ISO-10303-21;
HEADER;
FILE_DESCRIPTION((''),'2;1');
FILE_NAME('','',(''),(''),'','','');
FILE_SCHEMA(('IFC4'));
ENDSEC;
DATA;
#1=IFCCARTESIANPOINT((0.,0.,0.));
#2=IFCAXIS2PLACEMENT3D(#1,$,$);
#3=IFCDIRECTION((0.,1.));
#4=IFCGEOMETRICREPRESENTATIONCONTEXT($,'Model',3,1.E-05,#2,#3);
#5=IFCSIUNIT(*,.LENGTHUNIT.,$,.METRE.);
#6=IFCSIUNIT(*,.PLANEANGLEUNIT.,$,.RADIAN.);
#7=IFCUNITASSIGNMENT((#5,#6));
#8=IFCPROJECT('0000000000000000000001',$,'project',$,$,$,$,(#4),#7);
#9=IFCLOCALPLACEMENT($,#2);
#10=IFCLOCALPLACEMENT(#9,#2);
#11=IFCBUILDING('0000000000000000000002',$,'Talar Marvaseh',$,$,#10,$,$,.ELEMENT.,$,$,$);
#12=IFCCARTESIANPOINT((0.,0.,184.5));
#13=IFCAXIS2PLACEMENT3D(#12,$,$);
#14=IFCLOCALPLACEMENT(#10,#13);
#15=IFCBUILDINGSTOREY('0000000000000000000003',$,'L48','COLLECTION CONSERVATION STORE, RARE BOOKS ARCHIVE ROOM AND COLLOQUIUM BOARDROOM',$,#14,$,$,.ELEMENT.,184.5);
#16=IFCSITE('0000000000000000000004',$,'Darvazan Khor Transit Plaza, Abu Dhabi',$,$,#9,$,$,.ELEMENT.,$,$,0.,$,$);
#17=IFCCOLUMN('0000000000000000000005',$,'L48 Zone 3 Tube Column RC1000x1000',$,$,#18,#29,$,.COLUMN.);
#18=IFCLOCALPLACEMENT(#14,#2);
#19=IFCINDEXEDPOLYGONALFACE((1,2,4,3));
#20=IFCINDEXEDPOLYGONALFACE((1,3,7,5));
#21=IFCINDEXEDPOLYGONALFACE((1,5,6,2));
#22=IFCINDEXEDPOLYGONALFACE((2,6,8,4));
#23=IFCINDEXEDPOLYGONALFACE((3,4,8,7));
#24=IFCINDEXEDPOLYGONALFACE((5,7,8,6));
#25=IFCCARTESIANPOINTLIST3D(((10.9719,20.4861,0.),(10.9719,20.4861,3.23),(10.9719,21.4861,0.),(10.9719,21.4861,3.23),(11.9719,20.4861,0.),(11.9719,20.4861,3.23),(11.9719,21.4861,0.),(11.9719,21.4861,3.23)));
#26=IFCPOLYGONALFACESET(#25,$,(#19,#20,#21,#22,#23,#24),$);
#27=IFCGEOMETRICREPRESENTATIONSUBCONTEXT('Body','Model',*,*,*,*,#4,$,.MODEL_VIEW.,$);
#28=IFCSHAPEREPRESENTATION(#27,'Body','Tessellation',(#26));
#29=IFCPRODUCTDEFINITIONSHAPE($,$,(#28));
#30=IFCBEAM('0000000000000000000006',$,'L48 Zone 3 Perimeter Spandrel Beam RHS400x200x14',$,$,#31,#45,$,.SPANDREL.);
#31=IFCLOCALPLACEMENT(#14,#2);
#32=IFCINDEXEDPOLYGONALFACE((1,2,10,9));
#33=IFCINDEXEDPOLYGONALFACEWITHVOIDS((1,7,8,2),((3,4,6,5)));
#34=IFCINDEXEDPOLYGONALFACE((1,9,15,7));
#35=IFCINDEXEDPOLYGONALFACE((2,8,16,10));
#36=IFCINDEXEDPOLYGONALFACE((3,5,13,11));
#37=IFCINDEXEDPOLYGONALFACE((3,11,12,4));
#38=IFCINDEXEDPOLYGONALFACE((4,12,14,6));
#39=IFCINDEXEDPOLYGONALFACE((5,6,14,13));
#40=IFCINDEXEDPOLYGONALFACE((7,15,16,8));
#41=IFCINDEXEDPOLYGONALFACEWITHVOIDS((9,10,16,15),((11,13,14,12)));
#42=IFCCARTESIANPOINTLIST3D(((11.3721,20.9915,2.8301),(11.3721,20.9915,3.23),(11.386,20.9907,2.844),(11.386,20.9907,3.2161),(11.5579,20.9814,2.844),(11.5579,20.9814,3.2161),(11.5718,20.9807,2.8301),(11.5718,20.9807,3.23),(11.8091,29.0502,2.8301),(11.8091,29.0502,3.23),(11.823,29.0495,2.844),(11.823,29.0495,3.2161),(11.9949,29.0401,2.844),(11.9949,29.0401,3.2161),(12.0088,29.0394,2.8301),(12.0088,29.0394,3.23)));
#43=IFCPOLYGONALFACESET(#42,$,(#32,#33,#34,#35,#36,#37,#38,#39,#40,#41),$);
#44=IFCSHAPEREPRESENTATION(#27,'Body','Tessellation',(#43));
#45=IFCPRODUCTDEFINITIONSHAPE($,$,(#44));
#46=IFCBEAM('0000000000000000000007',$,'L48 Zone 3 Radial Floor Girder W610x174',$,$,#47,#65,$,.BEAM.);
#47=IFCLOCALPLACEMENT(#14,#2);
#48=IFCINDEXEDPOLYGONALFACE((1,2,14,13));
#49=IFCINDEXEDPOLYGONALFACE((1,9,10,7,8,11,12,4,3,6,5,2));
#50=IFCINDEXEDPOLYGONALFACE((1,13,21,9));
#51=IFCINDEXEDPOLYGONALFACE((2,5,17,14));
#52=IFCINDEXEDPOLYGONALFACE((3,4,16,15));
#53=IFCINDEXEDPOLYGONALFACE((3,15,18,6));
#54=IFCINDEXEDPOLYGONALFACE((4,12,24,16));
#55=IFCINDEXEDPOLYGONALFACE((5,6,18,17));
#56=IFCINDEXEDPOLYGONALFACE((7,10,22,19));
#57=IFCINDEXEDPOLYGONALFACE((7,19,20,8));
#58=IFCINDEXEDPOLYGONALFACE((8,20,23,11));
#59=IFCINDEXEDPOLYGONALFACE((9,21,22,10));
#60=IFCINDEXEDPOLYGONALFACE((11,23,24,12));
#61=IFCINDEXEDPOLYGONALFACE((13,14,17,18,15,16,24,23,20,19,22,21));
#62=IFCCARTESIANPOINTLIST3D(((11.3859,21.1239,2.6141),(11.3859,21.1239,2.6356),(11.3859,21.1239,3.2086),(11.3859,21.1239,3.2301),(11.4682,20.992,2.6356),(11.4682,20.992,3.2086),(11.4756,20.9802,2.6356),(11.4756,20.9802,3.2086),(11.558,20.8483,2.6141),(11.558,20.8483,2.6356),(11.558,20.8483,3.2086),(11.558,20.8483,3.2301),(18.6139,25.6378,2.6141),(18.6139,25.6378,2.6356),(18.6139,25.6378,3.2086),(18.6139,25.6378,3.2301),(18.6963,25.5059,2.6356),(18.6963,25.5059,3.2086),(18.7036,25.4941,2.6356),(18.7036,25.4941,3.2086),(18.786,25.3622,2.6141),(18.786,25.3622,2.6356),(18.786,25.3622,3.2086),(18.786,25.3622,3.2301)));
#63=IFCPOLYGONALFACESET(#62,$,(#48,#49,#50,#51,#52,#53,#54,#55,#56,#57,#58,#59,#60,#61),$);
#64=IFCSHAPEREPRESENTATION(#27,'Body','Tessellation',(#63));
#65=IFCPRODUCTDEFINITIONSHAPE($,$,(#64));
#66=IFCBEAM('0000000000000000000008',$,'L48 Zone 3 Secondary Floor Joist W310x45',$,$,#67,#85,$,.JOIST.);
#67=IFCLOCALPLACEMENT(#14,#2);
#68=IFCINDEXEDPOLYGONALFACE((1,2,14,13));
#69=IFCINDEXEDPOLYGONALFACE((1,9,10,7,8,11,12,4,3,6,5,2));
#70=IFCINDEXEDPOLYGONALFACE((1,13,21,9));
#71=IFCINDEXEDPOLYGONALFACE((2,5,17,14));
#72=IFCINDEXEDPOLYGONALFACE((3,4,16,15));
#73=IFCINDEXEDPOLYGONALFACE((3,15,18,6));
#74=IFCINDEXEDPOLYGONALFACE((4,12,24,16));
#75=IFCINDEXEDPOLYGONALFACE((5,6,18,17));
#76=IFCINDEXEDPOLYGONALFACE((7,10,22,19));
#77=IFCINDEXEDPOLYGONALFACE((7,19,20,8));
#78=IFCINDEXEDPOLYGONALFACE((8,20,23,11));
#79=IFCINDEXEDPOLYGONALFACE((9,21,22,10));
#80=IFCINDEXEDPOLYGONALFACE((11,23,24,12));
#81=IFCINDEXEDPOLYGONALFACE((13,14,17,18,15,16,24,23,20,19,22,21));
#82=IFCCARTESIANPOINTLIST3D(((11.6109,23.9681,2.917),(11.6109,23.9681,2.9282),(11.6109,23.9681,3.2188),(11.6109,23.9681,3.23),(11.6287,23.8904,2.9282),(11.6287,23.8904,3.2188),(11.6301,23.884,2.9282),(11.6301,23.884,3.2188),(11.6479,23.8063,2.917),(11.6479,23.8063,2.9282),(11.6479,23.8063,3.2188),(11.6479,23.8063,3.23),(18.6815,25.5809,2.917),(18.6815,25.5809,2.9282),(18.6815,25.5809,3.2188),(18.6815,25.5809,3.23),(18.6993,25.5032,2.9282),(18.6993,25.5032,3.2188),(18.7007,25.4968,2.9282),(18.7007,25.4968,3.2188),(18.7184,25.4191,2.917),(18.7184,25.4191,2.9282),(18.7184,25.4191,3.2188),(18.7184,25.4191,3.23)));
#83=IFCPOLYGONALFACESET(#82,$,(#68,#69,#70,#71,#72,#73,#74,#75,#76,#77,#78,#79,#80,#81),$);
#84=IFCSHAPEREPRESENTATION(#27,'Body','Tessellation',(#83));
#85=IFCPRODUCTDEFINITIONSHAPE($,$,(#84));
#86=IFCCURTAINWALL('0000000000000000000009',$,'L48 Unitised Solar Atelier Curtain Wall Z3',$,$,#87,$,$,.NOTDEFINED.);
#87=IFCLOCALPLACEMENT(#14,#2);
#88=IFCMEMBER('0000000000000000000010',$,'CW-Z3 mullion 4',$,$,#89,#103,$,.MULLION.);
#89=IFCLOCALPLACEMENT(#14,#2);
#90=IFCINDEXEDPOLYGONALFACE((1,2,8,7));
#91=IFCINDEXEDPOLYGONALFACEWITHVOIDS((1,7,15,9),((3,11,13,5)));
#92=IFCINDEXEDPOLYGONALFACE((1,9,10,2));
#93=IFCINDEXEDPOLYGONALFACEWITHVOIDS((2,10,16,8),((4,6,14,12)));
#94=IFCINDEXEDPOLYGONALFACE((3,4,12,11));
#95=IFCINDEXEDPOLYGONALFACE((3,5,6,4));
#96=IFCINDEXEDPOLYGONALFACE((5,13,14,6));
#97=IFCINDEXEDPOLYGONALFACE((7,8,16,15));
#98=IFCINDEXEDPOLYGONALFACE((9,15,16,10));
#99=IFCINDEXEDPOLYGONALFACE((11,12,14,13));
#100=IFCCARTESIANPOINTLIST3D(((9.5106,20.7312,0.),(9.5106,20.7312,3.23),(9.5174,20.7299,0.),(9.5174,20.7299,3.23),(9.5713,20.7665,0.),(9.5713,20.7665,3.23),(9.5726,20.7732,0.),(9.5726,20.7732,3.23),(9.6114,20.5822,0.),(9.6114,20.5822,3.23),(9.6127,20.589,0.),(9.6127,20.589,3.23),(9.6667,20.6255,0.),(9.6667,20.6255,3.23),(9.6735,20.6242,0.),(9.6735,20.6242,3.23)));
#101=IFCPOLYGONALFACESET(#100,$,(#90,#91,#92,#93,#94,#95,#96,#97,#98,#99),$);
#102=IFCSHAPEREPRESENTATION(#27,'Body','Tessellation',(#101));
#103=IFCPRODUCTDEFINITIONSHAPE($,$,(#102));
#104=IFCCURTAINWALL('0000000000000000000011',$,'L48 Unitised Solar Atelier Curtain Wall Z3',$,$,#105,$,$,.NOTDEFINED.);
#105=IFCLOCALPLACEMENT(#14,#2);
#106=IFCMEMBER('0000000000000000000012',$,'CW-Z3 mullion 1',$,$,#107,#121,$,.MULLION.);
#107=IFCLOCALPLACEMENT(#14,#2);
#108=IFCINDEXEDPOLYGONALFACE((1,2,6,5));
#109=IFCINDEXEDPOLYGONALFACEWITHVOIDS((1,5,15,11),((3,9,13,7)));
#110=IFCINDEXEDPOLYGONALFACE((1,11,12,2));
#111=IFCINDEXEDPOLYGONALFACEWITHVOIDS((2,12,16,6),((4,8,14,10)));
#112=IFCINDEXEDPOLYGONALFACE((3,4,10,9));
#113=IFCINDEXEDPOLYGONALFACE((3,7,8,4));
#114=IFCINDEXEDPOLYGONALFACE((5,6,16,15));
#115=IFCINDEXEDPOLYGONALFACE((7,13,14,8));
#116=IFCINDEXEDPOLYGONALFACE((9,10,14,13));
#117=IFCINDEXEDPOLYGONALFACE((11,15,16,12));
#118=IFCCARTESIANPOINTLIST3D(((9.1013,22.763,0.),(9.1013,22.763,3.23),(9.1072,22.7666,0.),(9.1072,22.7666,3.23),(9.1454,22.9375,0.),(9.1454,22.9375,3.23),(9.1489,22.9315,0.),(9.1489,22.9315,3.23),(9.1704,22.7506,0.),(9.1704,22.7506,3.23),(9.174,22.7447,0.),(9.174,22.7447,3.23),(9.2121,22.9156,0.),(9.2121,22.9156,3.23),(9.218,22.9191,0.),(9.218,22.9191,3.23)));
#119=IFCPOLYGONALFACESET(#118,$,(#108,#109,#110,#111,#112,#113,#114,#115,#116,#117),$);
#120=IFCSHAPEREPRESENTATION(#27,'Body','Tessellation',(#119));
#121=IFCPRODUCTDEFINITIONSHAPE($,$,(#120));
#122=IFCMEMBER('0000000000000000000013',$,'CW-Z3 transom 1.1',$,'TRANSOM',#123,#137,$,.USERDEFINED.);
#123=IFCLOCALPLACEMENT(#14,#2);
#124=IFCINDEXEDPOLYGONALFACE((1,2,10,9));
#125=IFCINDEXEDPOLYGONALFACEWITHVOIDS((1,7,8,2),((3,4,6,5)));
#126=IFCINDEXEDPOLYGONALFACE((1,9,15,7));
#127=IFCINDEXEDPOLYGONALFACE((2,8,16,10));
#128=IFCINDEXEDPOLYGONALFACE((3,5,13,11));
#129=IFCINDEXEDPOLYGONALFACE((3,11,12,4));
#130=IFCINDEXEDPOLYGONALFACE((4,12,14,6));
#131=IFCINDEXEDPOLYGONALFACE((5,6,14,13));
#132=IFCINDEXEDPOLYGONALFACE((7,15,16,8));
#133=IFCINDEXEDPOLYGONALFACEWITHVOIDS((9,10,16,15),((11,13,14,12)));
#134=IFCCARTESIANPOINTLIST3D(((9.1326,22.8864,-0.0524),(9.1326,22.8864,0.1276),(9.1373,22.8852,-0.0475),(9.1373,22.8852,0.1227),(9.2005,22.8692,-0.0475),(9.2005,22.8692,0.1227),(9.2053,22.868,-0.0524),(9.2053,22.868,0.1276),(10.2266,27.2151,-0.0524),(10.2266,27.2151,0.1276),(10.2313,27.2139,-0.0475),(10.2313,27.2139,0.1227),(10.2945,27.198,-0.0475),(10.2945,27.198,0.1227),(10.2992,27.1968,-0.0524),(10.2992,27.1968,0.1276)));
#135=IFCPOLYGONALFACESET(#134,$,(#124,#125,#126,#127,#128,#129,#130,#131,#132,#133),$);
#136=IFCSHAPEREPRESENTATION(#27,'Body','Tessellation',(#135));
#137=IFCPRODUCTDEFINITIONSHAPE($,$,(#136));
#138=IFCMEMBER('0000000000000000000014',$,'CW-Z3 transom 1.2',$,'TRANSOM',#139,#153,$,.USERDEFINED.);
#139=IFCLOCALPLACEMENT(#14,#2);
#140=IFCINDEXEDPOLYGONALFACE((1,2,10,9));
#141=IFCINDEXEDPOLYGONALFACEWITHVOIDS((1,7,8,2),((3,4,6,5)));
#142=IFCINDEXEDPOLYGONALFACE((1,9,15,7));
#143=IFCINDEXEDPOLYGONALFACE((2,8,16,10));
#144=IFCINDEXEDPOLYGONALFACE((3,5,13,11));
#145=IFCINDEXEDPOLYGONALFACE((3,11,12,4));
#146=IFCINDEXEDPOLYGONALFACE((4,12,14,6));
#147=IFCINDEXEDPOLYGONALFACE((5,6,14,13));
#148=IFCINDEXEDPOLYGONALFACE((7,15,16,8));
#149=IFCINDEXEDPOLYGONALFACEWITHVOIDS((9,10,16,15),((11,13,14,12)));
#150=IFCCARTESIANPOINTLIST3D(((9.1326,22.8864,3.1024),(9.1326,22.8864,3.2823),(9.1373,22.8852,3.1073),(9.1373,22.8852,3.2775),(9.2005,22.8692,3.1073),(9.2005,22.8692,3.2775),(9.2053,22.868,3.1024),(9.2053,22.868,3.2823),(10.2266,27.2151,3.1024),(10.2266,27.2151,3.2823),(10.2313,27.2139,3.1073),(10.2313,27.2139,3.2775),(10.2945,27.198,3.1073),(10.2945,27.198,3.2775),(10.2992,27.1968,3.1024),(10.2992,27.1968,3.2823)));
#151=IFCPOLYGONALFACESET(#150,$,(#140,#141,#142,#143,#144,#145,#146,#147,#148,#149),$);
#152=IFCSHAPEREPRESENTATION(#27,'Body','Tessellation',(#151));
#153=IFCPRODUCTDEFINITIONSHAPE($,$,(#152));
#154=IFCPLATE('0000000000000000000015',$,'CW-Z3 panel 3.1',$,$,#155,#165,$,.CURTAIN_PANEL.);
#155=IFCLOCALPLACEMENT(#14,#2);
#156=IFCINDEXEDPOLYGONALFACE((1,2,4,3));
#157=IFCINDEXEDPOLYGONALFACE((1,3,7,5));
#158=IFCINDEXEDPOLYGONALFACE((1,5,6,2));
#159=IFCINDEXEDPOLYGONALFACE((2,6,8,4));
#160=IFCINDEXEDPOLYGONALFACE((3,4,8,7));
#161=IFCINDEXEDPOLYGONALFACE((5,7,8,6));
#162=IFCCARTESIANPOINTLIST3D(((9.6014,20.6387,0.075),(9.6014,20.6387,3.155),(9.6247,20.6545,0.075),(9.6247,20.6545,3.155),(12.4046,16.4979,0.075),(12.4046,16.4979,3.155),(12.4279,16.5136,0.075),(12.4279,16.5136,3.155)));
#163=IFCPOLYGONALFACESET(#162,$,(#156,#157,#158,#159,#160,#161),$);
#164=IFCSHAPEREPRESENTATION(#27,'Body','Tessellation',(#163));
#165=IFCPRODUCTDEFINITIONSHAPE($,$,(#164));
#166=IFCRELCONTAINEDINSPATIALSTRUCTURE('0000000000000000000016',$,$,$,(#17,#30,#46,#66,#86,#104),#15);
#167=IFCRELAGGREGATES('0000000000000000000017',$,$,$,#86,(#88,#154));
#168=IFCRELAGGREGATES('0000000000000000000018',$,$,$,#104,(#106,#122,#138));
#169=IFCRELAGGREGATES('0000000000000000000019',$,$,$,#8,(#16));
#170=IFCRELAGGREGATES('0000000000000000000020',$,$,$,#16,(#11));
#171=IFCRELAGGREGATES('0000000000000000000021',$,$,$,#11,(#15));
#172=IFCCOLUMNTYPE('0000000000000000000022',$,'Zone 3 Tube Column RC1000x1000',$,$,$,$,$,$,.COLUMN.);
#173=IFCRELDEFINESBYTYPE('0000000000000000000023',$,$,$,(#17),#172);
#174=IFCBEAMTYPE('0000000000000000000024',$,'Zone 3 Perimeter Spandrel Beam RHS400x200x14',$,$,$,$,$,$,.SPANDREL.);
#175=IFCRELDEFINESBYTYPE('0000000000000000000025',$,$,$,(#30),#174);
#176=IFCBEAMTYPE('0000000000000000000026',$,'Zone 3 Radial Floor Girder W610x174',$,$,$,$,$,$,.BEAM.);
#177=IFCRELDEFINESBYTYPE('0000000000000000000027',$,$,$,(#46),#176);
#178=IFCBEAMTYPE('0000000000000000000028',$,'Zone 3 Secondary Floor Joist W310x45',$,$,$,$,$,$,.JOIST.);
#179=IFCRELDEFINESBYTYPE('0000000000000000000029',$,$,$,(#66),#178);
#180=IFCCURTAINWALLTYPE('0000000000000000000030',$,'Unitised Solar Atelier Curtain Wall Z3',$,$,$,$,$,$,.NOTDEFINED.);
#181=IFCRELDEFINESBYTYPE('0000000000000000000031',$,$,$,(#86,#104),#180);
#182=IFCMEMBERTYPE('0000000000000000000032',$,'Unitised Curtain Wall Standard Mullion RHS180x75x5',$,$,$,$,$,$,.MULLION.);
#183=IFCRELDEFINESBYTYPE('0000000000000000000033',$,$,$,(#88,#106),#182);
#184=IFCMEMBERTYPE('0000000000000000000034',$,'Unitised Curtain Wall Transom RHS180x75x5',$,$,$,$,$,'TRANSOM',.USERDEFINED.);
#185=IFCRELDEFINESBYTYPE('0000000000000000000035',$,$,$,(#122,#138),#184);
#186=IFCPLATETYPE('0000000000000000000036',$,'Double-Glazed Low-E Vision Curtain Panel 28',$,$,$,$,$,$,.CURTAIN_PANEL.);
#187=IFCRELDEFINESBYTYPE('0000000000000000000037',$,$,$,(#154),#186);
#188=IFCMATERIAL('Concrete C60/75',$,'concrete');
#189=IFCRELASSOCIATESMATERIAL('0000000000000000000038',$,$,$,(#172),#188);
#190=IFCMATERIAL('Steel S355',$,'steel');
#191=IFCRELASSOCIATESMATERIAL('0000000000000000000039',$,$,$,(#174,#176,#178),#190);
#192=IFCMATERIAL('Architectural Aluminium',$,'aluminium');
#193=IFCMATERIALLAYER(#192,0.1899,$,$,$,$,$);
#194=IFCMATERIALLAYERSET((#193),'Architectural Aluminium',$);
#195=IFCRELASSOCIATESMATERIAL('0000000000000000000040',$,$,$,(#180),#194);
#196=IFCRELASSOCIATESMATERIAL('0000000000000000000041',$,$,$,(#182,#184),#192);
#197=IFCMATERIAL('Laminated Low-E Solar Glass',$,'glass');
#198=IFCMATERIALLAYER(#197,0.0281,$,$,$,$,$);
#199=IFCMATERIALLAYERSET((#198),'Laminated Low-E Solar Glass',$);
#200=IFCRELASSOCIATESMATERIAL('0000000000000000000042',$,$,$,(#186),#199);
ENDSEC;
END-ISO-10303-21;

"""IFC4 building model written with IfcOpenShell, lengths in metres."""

from ifc_helpers import new_model, si_unit, direction, frame, origin, origin_2d, place, context, subcontext, project, spatial, rectangle, hollow_rectangle, i_section, extrude, source, transform, mapped, material, layer, layer_set, material_profile, profile_set, type_object, type_shapes, element, aggregate, save


model = new_model("IFC4")

# Units and contexts
model_context = context("Model", 3, precision=1e-05, world=origin(), true_north=direction((0.0, 1.0)))
body_context = subcontext(model_context, "Body", "Model", "MODEL_VIEW")
ifc_project = project(units=[si_unit("LENGTHUNIT", "METRE"), si_unit("PLANEANGLEUNIT", "RADIAN")], contexts=[model_context])

# Site, building, storey
site_placement = place(None, origin())
site = spatial("IfcSite", under=ifc_project, at=site_placement, Name="Darvazan Khor Transit Plaza, Abu Dhabi", CompositionType="ELEMENT", RefElevation=0.0)
building_placement = place(site_placement, origin())
building = spatial("IfcBuilding", under=site, at=building_placement, Name="Talar Marvaseh", CompositionType="ELEMENT")
storey_placement = place(building_placement, frame((0.0, 0.0, 184.5)))
storey = spatial("IfcBuildingStorey", under=building, at=storey_placement, Name="L48", Description="COLLECTION CONSERVATION STORE, RARE BOOKS ARCHIVE ROOM AND COLLOQUIUM BOARDROOM", CompositionType="ELEMENT", Elevation=184.5)

# Column
ifc_material_1 = material(Name="Concrete C60/75", Category="concrete")
ifc_material_profile_1 = material_profile(ifc_material_1, rectangle(XDim=1.0, YDim=1.0, at=origin_2d()), Name="RC1000x1000")
ifc_profile_set_1 = profile_set([ifc_material_profile_1], Name="Concrete C60/75")
column_type = type_object("IfcColumnType", Name="Zone 3 Tube Column RC1000x1000", PredefinedType="COLUMN", material=ifc_profile_set_1)
column_placement = place(storey_placement, frame((11.4719, 20.9861, 0.0), z_axis=(0.0, 0.0, 1.0), x_axis=(1.0, 0.0, 0.0)))
element("IfcColumn", 1, at=column_placement, inside=storey, type_object=column_type, Name="L48 Zone 3 Tube Column RC1000x1000", PredefinedType="COLUMN", context=body_context, shape_type="SweptSolid", body=[
    extrude(rectangle(XDim=1.0, YDim=1.0, at=origin_2d()), origin(), (0.0, 0.0, 1.0), 3.23),
])

# Beams
ifc_material_2 = material(Name="Steel S355", Category="steel")
ifc_material_profile_2 = material_profile(ifc_material_2, hollow_rectangle(XDim=0.2, YDim=0.3999, WallThickness=0.0139, at=origin_2d()), Name="RHS400x200x14")
ifc_profile_set_2 = profile_set([ifc_material_profile_2], Name="Steel S355")
beam_type_1 = type_object("IfcBeamType", Name="Zone 3 Perimeter Spandrel Beam RHS400x200x14", PredefinedType="SPANDREL", material=ifc_profile_set_2)
beam_1_placement = place(storey_placement, frame((11.4719, 20.9861, 3.03), z_axis=(0.054148, 0.998533, 0.0), x_axis=(-0.998533, 0.054148, 0.0)))
element("IfcBeam", 2, at=beam_1_placement, inside=storey, type_object=beam_type_1, Name="L48 Zone 3 Perimeter Spandrel Beam RHS400x200x14", PredefinedType="SPANDREL", context=body_context, shape_type="SweptSolid", body=[
    extrude(hollow_rectangle(XDim=0.2, YDim=0.3999, WallThickness=0.0139, at=origin_2d()), origin(), (0.0, 0.0, 1.0), 8.0706),
])
ifc_material_profile_3 = material_profile(ifc_material_2, i_section(OverallWidth=0.325, OverallDepth=0.616, WebThickness=0.0139, FlangeThickness=0.0215, at=origin_2d()), Name="W610x174")
ifc_profile_set_3 = profile_set([ifc_material_profile_3], Name="Steel S355")
beam_type_2 = type_object("IfcBeamType", Name="Zone 3 Radial Floor Girder W610x174", PredefinedType="BEAM", material=ifc_profile_set_3)
beam_2_placement = place(storey_placement, frame((11.4719, 20.9861, 2.9221), z_axis=(0.848188, 0.529695, 0.0), x_axis=(-0.529695, 0.848188, 0.0)))
element("IfcBeam", 3, at=beam_2_placement, inside=storey, type_object=beam_type_2, Name="L48 Zone 3 Radial Floor Girder W610x174", PredefinedType="BEAM", context=body_context, shape_type="SweptSolid", body=[
    extrude(i_section(OverallWidth=0.325, OverallDepth=0.616, WebThickness=0.0139, FlangeThickness=0.0215, at=origin_2d()), origin(), (0.0, 0.0, 1.0), 8.5217),
])
ifc_material_profile_4 = material_profile(ifc_material_2, i_section(OverallWidth=0.166, OverallDepth=0.313, WebThickness=0.0066, FlangeThickness=0.0112, at=origin_2d()), Name="W310x45")
ifc_profile_set_4 = profile_set([ifc_material_profile_4], Name="Steel S355")
beam_type_3 = type_object("IfcBeamType", Name="Zone 3 Secondary Floor Joist W310x45", PredefinedType="JOIST", material=ifc_profile_set_4)
beam_3_placement = place(storey_placement, frame((11.6294, 23.8872, 3.0735), z_axis=(0.974958, 0.222388, 0.0), x_axis=(-0.222388, 0.974958, 0.0)))
element("IfcBeam", 4, at=beam_3_placement, inside=storey, type_object=beam_type_3, Name="L48 Zone 3 Secondary Floor Joist W310x45", PredefinedType="JOIST", context=body_context, shape_type="SweptSolid", body=[
    extrude(i_section(OverallWidth=0.166, OverallDepth=0.313, WebThickness=0.0066, FlangeThickness=0.0112, at=origin_2d()), origin(), (0.0, 0.0, 1.0), 7.2522),
])

# Curtain wall, member
ifc_material_3 = material(Name="Architectural Aluminium", Category="aluminium")
ifc_layer_1 = layer(ifc_material_3, 0.1899)
ifc_layer_set_1 = layer_set([ifc_layer_1], Name="Architectural Aluminium")
curtain_wall_type = type_object("IfcCurtainWallType", Name="Unitised Solar Atelier Curtain Wall Z3", PredefinedType="NOTDEFINED", material=ifc_layer_set_1)
curtain_wall_1_placement = place(storey_placement, origin())
curtain_wall_1 = element("IfcCurtainWall", 5, at=curtain_wall_1_placement, inside=storey, type_object=curtain_wall_type, Name="L48 Unitised Solar Atelier Curtain Wall Z3", PredefinedType="NOTDEFINED")
ifc_material_profile_5 = material_profile(ifc_material_3, hollow_rectangle(XDim=0.075, YDim=0.1799, WallThickness=0.0049, at=origin_2d()), Name="RHS180x75x5")
ifc_profile_set_5 = profile_set([ifc_material_profile_5], Name="Architectural Aluminium")
member_type_1 = type_object("IfcMemberType", Name="Unitised Curtain Wall Standard Mullion RHS180x75x5", PredefinedType="MULLION", material=ifc_profile_set_5)
shared_shape_1 = source(origin(), body_context, "Body", "SweptSolid", [
    extrude(hollow_rectangle(XDim=0.075, YDim=0.1799, WallThickness=0.0049, at=origin_2d()), origin(), (0.0, 0.0, 1.0), 3.23),
])
type_shapes(member_type_1, [shared_shape_1])
member_1_placement = place(storey_placement, frame((9.592, 20.6777, 0.0), z_axis=(0.0, 0.0, 1.0), x_axis=(-0.828095, -0.560588, 0.0)))
member_1 = element("IfcMember", 6, at=member_1_placement, type_object=member_type_1, Name="CW-Z3 mullion 4", PredefinedType="MULLION", context=body_context, shape_type="MappedRepresentation", body=[
    mapped(shared_shape_1, transform((0.0, 0.0, 0.0), x_axis=(1.0, 0.0, 0.0), y_axis=(0.0, 1.0, 0.0), z_axis=(0.0, 0.0, 1.0), scale=1.0)),
])

# Curtain wall, members
curtain_wall_2_placement = place(storey_placement, origin())
curtain_wall_2 = element("IfcCurtainWall", 7, at=curtain_wall_2_placement, inside=storey, type_object=curtain_wall_type, Name="L48 Unitised Solar Atelier Curtain Wall Z3", PredefinedType="NOTDEFINED")
member_2_placement = place(storey_placement, frame((9.1597, 22.8411, 0.0), z_axis=(0.0, 0.0, 1.0), x_axis=(-0.969522, 0.245002, 0.0)))
member_2 = element("IfcMember", 8, at=member_2_placement, type_object=member_type_1, Name="CW-Z3 mullion 1", PredefinedType="MULLION", context=body_context, shape_type="MappedRepresentation", body=[
    mapped(shared_shape_1, transform((0.0, 0.0, 0.0), x_axis=(1.0, 0.0, 0.0), y_axis=(0.0, 1.0, 0.0), z_axis=(0.0, 0.0, 1.0), scale=1.0)),
])
ifc_material_profile_6 = material_profile(ifc_material_3, hollow_rectangle(XDim=0.075, YDim=0.1799, WallThickness=0.0049, at=origin_2d()), Name="RHS180x75x5")
ifc_profile_set_6 = profile_set([ifc_material_profile_6], Name="Architectural Aluminium")
member_type_2 = type_object("IfcMemberType", Name="Unitised Curtain Wall Transom RHS180x75x5", ElementType="TRANSOM", PredefinedType="USERDEFINED", material=ifc_profile_set_6)
shared_shape_2 = source(origin(), body_context, "Body", "SweptSolid", [
    extrude(hollow_rectangle(XDim=0.075, YDim=0.1799, WallThickness=0.0049, at=origin_2d()), origin(), (0.0, 0.0, 1.0), 4.4648),
])
type_shapes(member_type_2, [shared_shape_2])
member_3_placement = place(storey_placement, frame((9.1689, 22.8772, 0.0376), z_axis=(0.245018, 0.969519, 0.0), x_axis=(-0.969519, 0.245018, 0.0)))
member_3 = element("IfcMember", 9, at=member_3_placement, type_object=member_type_2, Name="CW-Z3 transom 1.1", ObjectType="TRANSOM", PredefinedType="USERDEFINED", context=body_context, shape_type="MappedRepresentation", body=[
    mapped(shared_shape_2, transform((0.0, 0.0, 0.0), x_axis=(1.0, 0.0, 0.0), y_axis=(0.0, 1.0, 0.0), z_axis=(0.0, 0.0, 1.0), scale=1.0)),
])
member_4_placement = place(storey_placement, frame((9.1689, 22.8772, 3.1924), z_axis=(0.245018, 0.969519, 0.0), x_axis=(-0.969519, 0.245018, 0.0)))
member_4 = element("IfcMember", 10, at=member_4_placement, type_object=member_type_2, Name="CW-Z3 transom 1.2", ObjectType="TRANSOM", PredefinedType="USERDEFINED", context=body_context, shape_type="MappedRepresentation", body=[
    mapped(shared_shape_2, transform((0.0, 0.0, 0.0), x_axis=(1.0, 0.0, 0.0), y_axis=(0.0, 1.0, 0.0), z_axis=(0.0, 0.0, 1.0), scale=1.0)),
])

# Plate
ifc_material_4 = material(Name="Laminated Low-E Solar Glass", Category="glass")
ifc_layer_2 = layer(ifc_material_4, 0.0281)
ifc_layer_set_2 = layer_set([ifc_layer_2], Name="Laminated Low-E Solar Glass")
plate_type = type_object("IfcPlateType", Name="Double-Glazed Low-E Vision Curtain Panel 28", PredefinedType="CURTAIN_PANEL", material=ifc_layer_set_2)
shared_shape_3 = source(origin(), body_context, "Body", "SweptSolid", [
    extrude(rectangle(XDim=5.0005, YDim=0.0281, at=origin_2d()), origin(), (0.0, 0.0, 1.0), 3.0801),
])
plate_1_placement = place(storey_placement, frame((11.0146, 18.5762, 0.075), z_axis=(0.0, 0.0, 1.0), x_axis=(-0.560588, 0.828095, 0.0)))
plate_1 = element("IfcPlate", 11, at=plate_1_placement, type_object=plate_type, Name="CW-Z3 panel 3.1", PredefinedType="CURTAIN_PANEL", context=body_context, shape_type="MappedRepresentation", body=[
    mapped(shared_shape_3, transform((0.0, 0.0, 0.0), x_axis=(1.0, 0.0, 0.0), y_axis=(0.0, 1.0, 0.0), z_axis=(0.0, 0.0, 1.0), scale=1.0)),
])
aggregate(curtain_wall_1, [member_1, plate_1])
aggregate(curtain_wall_2, [member_2, member_3, member_4])

save(model, "model.ifc")
